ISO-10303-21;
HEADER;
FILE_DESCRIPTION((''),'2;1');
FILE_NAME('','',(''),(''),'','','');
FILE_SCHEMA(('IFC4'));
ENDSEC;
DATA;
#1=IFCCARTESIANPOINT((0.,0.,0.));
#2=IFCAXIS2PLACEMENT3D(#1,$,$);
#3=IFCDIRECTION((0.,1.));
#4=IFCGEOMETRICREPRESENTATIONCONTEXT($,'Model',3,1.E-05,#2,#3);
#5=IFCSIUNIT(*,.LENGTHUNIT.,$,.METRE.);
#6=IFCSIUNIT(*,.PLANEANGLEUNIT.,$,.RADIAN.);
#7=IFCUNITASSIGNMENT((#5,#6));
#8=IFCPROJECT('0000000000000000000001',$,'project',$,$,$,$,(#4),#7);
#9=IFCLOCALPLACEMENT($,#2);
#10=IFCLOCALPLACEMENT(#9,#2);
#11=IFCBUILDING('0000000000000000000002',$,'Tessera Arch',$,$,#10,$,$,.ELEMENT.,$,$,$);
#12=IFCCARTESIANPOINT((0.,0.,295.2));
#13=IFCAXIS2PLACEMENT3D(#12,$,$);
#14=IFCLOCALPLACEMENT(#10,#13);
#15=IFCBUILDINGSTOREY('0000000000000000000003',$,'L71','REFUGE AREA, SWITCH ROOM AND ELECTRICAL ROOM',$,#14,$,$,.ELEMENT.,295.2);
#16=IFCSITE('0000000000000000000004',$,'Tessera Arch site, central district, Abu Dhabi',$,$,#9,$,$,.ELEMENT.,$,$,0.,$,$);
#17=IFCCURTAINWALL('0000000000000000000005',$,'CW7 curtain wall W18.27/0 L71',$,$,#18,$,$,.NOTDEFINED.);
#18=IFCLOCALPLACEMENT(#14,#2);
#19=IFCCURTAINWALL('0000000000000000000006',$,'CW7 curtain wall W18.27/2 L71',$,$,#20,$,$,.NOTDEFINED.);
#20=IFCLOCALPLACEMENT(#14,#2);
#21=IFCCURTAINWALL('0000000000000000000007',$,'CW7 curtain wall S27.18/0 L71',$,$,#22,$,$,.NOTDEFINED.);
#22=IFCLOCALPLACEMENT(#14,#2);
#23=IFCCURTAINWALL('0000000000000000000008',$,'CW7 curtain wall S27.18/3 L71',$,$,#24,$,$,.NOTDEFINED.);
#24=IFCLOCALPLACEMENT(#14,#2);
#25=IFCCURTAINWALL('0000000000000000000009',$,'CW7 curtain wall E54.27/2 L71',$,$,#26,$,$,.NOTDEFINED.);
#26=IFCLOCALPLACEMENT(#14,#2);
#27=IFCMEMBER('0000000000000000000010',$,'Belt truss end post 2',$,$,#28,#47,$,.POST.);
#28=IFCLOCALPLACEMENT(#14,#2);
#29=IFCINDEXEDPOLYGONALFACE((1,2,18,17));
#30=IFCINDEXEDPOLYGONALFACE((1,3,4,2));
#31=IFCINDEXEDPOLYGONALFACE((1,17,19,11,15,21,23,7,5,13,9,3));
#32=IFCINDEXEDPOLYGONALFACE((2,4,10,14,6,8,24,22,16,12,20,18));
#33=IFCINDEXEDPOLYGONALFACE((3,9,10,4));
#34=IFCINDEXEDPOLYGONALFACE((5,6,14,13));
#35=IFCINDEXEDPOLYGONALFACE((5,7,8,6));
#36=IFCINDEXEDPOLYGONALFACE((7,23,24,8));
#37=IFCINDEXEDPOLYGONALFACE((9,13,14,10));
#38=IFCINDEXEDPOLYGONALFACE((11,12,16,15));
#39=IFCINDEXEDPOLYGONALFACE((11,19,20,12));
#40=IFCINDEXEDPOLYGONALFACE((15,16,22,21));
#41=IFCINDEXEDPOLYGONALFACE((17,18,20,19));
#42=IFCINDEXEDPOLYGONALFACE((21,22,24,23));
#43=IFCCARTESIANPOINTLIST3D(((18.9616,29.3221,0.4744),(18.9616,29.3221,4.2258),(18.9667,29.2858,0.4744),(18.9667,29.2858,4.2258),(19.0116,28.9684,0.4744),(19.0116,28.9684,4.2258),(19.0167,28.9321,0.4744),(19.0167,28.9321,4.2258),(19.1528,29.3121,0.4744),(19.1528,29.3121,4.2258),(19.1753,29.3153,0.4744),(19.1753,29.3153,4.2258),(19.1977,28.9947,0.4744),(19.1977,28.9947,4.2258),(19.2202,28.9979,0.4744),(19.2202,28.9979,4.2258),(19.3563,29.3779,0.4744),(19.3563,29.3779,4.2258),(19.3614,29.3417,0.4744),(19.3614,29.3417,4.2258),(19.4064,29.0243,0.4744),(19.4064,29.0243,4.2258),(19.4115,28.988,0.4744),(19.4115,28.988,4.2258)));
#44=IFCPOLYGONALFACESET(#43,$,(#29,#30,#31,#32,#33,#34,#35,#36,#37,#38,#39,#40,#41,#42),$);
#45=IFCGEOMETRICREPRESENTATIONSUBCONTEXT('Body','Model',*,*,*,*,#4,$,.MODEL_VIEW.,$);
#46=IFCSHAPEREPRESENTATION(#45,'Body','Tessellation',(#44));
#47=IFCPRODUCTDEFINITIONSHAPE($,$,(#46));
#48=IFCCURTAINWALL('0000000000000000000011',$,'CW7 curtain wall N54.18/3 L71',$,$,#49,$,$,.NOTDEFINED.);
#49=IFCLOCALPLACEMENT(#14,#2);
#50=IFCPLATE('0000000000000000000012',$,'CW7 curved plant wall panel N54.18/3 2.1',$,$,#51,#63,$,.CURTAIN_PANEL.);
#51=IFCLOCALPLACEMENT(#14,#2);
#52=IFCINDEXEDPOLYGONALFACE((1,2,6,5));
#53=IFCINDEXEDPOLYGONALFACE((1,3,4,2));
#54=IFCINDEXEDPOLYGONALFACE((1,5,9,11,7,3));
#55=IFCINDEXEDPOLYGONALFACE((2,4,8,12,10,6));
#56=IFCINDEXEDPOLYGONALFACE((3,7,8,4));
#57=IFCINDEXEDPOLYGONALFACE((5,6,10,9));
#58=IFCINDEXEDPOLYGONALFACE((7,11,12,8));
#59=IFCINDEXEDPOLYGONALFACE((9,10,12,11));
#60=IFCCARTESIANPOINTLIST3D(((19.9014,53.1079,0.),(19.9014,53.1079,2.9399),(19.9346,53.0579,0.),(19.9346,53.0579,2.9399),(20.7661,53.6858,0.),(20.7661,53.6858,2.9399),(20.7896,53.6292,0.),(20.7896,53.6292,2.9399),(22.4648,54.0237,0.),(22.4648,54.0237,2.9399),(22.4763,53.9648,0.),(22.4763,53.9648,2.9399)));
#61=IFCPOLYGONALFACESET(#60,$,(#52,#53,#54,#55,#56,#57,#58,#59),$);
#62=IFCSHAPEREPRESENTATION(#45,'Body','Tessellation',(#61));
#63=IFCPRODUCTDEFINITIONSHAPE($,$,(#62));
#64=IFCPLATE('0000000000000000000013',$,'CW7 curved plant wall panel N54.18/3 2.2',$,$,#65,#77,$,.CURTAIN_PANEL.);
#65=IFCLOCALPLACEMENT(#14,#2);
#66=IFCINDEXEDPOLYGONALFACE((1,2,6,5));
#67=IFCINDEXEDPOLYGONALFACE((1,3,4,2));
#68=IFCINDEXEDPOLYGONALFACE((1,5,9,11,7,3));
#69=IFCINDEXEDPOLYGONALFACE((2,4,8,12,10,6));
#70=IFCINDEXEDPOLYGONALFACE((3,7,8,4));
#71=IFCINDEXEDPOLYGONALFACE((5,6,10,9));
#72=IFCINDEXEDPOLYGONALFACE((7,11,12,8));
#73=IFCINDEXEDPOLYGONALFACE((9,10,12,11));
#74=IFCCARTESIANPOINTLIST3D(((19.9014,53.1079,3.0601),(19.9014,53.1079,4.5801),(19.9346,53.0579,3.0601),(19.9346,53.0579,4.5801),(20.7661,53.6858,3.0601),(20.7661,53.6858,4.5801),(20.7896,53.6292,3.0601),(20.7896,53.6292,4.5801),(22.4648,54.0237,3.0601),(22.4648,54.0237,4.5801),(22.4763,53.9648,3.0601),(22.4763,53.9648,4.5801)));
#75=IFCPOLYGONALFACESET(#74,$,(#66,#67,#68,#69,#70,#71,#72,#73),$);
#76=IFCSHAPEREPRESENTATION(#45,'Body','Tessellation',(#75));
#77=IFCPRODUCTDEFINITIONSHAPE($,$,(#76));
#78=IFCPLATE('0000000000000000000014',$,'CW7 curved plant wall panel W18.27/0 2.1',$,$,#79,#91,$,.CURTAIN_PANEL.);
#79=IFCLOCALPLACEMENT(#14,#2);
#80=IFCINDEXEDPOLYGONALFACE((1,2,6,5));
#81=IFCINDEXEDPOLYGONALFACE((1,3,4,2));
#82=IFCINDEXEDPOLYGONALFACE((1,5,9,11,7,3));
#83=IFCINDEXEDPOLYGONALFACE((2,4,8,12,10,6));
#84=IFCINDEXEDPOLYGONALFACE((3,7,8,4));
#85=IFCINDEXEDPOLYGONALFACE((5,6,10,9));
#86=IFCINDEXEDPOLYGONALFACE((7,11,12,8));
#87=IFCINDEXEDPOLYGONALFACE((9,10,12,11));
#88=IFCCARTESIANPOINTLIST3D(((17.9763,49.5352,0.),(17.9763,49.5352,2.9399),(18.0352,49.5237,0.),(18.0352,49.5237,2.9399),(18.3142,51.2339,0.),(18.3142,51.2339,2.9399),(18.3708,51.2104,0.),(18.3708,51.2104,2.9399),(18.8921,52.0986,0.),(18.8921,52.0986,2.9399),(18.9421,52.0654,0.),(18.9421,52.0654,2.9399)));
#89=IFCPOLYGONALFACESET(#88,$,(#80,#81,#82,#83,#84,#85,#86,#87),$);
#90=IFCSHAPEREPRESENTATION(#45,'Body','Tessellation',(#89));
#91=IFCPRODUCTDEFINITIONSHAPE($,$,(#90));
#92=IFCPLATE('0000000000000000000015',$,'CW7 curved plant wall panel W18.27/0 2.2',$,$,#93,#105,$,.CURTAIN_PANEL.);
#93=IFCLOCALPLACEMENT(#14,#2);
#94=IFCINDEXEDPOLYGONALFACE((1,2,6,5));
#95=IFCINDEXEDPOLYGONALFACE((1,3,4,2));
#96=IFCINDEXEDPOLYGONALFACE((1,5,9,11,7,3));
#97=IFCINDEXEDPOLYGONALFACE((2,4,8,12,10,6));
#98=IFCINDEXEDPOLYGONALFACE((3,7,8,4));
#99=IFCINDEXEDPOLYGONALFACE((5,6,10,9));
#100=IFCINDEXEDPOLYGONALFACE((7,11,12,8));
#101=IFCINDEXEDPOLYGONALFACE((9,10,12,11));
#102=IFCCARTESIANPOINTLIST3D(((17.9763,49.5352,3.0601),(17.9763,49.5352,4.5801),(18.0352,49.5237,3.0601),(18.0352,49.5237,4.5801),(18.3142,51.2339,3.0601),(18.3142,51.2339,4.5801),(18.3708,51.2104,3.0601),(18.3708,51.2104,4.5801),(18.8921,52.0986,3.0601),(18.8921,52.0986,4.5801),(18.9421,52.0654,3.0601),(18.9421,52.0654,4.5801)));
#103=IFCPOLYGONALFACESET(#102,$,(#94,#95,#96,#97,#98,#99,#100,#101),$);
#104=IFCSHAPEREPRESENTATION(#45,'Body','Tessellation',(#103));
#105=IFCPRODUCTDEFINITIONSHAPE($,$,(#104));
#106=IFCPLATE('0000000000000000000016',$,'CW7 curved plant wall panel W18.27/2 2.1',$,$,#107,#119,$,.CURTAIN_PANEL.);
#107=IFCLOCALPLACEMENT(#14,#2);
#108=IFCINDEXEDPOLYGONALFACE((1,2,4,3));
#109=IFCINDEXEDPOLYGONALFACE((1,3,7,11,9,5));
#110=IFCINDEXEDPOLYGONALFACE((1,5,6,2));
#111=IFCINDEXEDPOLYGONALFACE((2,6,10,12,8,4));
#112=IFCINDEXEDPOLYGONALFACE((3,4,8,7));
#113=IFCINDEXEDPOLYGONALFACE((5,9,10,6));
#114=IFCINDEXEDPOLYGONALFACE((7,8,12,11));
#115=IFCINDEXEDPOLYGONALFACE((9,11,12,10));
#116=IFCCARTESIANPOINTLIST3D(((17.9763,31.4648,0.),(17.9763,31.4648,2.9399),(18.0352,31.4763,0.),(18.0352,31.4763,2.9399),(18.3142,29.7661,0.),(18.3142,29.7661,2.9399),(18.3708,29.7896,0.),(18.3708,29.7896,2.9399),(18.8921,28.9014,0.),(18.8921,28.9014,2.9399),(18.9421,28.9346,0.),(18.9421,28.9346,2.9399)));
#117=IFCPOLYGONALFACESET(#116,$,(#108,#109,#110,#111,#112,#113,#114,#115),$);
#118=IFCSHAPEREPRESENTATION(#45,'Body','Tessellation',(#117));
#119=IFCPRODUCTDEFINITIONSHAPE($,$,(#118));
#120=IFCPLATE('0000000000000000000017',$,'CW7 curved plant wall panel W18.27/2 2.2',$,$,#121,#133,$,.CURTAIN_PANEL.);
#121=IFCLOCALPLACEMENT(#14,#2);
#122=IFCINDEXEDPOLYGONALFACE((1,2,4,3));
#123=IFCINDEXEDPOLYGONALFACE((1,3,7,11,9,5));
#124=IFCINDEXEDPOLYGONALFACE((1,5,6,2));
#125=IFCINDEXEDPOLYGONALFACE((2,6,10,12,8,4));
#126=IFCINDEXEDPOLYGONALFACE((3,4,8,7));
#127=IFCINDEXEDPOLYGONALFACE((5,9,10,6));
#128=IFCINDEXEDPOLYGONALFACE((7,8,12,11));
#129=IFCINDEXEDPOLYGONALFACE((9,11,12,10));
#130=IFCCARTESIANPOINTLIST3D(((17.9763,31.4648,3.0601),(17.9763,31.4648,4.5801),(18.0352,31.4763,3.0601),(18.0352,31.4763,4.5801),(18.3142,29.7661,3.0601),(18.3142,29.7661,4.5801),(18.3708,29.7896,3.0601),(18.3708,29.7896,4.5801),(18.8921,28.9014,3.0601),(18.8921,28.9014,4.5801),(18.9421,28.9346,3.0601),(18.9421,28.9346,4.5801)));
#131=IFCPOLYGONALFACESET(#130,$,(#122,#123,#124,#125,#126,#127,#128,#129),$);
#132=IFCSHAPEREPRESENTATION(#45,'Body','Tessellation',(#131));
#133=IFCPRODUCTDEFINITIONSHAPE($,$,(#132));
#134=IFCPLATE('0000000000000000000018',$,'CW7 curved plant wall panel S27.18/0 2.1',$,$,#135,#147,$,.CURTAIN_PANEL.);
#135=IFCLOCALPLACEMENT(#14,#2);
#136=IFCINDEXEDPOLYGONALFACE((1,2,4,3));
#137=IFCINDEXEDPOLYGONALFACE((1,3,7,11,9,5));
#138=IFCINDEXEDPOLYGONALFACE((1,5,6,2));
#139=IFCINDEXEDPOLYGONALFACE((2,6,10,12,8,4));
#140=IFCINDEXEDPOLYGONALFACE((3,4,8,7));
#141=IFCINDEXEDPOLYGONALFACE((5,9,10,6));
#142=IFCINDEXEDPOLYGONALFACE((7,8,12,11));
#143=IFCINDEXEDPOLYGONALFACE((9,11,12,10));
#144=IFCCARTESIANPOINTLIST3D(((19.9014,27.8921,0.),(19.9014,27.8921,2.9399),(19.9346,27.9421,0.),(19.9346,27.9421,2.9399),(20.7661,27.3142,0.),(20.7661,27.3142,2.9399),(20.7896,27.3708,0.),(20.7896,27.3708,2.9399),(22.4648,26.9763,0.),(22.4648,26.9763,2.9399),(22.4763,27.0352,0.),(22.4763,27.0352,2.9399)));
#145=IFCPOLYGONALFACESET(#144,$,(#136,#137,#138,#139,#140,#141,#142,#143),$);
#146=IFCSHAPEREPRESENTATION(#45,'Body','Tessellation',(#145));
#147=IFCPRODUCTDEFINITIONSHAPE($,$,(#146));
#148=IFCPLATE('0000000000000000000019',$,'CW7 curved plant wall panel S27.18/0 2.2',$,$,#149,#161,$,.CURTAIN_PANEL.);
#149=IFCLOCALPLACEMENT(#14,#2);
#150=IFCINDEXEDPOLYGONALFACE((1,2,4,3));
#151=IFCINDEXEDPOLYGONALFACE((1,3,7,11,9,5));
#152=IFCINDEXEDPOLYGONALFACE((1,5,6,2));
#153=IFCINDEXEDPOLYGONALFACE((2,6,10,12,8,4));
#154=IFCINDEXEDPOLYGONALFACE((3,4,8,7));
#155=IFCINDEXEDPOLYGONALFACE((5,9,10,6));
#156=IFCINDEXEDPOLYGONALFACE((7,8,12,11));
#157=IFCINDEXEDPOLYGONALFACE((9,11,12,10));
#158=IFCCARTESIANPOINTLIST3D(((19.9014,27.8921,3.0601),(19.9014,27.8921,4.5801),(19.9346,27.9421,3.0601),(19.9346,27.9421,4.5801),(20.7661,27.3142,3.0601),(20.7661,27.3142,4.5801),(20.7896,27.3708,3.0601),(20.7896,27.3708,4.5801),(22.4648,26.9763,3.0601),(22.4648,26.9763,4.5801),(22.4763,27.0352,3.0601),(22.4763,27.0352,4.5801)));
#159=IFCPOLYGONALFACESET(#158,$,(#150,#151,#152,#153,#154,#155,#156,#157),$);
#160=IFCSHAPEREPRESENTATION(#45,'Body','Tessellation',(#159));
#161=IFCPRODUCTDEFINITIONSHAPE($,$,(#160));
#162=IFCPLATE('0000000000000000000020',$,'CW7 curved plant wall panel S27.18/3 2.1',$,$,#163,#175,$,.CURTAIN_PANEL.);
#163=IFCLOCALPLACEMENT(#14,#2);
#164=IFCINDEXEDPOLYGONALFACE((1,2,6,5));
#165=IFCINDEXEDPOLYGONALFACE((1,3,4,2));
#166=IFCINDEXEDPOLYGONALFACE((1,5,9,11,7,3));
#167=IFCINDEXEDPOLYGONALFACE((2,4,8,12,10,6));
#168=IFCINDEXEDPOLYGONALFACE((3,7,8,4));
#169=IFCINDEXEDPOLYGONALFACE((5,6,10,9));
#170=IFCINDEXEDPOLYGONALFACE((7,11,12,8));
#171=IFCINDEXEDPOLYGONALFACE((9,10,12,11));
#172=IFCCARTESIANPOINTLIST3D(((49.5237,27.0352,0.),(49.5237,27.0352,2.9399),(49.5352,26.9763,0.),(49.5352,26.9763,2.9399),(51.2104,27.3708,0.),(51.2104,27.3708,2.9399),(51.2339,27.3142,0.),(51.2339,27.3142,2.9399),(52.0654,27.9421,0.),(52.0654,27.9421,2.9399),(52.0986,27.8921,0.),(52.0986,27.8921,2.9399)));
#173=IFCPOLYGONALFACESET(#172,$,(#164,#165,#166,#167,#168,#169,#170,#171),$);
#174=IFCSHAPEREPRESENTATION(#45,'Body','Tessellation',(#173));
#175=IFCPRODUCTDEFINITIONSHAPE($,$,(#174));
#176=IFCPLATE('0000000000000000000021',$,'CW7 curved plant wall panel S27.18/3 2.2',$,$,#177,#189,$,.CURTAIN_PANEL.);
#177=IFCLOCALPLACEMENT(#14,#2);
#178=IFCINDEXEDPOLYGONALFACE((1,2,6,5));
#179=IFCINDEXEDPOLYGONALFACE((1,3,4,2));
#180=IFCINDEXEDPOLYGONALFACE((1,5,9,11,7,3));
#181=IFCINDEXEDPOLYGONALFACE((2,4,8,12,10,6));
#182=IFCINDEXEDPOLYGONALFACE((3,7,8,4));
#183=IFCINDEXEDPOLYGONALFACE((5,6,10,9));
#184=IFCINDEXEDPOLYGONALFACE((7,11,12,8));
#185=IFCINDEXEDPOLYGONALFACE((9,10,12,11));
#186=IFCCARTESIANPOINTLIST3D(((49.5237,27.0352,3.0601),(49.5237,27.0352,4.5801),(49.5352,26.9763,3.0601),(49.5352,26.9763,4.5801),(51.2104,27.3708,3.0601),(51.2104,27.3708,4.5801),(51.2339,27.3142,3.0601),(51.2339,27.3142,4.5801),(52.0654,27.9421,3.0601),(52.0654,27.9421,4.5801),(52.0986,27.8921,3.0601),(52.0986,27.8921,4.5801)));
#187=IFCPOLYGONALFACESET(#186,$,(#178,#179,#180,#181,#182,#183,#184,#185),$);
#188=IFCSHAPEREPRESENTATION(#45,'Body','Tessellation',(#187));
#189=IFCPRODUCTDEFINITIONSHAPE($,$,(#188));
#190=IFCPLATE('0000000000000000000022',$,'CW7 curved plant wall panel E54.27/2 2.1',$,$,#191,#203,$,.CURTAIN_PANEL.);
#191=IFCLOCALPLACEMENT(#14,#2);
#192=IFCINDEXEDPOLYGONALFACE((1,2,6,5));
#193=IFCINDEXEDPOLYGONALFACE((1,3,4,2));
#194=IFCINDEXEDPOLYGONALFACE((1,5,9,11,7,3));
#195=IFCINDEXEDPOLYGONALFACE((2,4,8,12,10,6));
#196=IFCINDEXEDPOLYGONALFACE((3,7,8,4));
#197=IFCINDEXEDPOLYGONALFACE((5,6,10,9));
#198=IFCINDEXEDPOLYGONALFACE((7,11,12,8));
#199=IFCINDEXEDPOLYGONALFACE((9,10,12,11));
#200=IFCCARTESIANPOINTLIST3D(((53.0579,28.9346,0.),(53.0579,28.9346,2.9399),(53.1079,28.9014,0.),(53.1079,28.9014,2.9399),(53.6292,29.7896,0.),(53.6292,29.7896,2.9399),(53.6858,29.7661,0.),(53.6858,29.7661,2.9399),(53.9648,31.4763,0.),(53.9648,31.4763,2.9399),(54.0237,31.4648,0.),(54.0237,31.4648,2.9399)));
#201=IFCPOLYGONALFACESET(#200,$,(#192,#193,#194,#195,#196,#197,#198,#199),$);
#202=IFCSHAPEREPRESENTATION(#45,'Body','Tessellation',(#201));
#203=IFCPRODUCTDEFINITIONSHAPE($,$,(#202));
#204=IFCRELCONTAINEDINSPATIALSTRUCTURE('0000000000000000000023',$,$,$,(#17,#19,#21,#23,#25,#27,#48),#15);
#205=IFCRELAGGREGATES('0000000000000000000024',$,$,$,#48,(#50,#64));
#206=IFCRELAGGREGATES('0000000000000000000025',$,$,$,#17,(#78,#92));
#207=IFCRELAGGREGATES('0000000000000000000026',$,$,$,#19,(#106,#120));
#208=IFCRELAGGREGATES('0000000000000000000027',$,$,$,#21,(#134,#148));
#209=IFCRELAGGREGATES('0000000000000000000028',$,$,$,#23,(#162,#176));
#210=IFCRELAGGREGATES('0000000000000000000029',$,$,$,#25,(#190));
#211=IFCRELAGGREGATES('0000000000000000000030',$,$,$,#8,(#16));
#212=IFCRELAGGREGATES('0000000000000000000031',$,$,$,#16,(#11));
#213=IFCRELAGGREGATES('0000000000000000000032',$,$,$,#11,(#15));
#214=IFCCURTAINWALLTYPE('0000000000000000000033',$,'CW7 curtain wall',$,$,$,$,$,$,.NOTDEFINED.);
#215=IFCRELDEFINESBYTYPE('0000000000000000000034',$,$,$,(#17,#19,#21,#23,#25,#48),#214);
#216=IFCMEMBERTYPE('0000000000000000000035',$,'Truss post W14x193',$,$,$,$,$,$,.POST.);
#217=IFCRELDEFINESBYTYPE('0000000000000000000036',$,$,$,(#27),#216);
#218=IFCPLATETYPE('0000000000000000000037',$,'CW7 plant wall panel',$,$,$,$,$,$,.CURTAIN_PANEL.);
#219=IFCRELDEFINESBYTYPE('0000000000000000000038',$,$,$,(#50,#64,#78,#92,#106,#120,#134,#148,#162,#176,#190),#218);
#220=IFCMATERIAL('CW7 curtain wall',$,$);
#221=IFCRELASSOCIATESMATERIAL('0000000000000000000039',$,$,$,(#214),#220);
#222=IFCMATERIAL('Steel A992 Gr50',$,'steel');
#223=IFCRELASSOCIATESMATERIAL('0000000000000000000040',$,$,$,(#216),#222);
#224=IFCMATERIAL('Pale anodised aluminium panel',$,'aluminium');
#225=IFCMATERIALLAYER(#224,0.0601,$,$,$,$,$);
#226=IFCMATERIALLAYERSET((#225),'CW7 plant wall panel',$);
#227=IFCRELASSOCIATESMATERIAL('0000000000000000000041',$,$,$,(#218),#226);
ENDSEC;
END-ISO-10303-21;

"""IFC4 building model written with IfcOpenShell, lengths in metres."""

from ifc_helpers import new_model, si_unit, direction, frame, origin, origin_2d, place, context, subcontext, project, spatial, polyline, i_section, outline, extrude, material, layer, layer_set, material_profile, profile_set, type_object, element, aggregate, save


model = new_model("IFC4")

# Units and contexts
model_context = context("Model", 3, precision=1e-05, world=origin(), true_north=direction((0.0, 1.0)))
body_context = subcontext(model_context, "Body", "Model", "MODEL_VIEW")
ifc_project = project(units=[si_unit("LENGTHUNIT", "METRE"), si_unit("PLANEANGLEUNIT", "RADIAN")], contexts=[model_context])

# Site, building, storey
site_placement = place(None, origin())
site = spatial("IfcSite", under=ifc_project, at=site_placement, Name="Tessera Arch site, central district, Abu Dhabi", CompositionType="ELEMENT", RefElevation=0.0)
building_placement = place(site_placement, origin())
building = spatial("IfcBuilding", under=site, at=building_placement, Name="Tessera Arch", CompositionType="ELEMENT")
storey_placement = place(building_placement, frame((0.0, 0.0, 295.2)))
storey = spatial("IfcBuildingStorey", under=building, at=storey_placement, Name="L71", Description="REFUGE AREA, SWITCH ROOM AND ELECTRICAL ROOM", CompositionType="ELEMENT", Elevation=295.2)

# Curtain walls
ifc_material_1 = material(Name="CW7 curtain wall")
curtain_wall_type = type_object("IfcCurtainWallType", Name="CW7 curtain wall", PredefinedType="NOTDEFINED", material=ifc_material_1)
curtain_wall_1_placement = place(storey_placement, origin())
curtain_wall_1 = element("IfcCurtainWall", 1, at=curtain_wall_1_placement, inside=storey, type_object=curtain_wall_type, Name="CW7 curtain wall W18.27/0 L71", PredefinedType="NOTDEFINED")
curtain_wall_2_placement = place(storey_placement, origin())
curtain_wall_2 = element("IfcCurtainWall", 2, at=curtain_wall_2_placement, inside=storey, type_object=curtain_wall_type, Name="CW7 curtain wall W18.27/2 L71", PredefinedType="NOTDEFINED")
curtain_wall_3_placement = place(storey_placement, origin())
curtain_wall_3 = element("IfcCurtainWall", 3, at=curtain_wall_3_placement, inside=storey, type_object=curtain_wall_type, Name="CW7 curtain wall S27.18/0 L71", PredefinedType="NOTDEFINED")
curtain_wall_4_placement = place(storey_placement, origin())
curtain_wall_4 = element("IfcCurtainWall", 4, at=curtain_wall_4_placement, inside=storey, type_object=curtain_wall_type, Name="CW7 curtain wall S27.18/3 L71", PredefinedType="NOTDEFINED")
curtain_wall_5_placement = place(storey_placement, origin())
curtain_wall_5 = element("IfcCurtainWall", 5, at=curtain_wall_5_placement, inside=storey, type_object=curtain_wall_type, Name="CW7 curtain wall E54.27/2 L71", PredefinedType="NOTDEFINED")

# Member
ifc_material_2 = material(Name="Steel A992 Gr50", Category="steel")
ifc_material_profile_1 = material_profile(ifc_material_2, i_section(OverallWidth=0.3987, OverallDepth=0.3938, WebThickness=0.0227, FlangeThickness=0.0366, at=origin_2d()), Name="W14x193")
ifc_profile_set_1 = profile_set([ifc_material_profile_1], Name="Steel A992 Gr50")
member_type_1 = type_object("IfcMemberType", Name="Truss post W14x193", PredefinedType="POST", material=ifc_profile_set_1)
member_1_placement = place(storey_placement, frame((19.1865, 29.155, 0.4744), z_axis=(0.0, 0.0, 1.0), x_axis=(0.990139, 0.140089, 0.0)))
element("IfcMember", 6, at=member_1_placement, inside=storey, type_object=member_type_1, Name="Belt truss end post 2", PredefinedType="POST", context=body_context, shape_type="SweptSolid", body=[
    extrude(i_section(OverallWidth=0.3987, OverallDepth=0.3938, WebThickness=0.0227, FlangeThickness=0.0366, at=origin_2d()), origin(), (0.0, 0.0, 1.0), 3.7515),
])

# Curtain wall, plates
curtain_wall_6_placement = place(storey_placement, origin())
curtain_wall_6 = element("IfcCurtainWall", 7, at=curtain_wall_6_placement, inside=storey, type_object=curtain_wall_type, Name="CW7 curtain wall N54.18/3 L71", PredefinedType="NOTDEFINED")
ifc_material_3 = material(Name="Pale anodised aluminium panel", Category="aluminium")
ifc_layer_1 = layer(ifc_material_3, 0.0601)
ifc_layer_set_1 = layer_set([ifc_layer_1], Name="CW7 plant wall panel")
plate_type_1 = type_object("IfcPlateType", Name="CW7 plant wall panel", PredefinedType="CURTAIN_PANEL", material=ifc_layer_set_1)
plate_1_placement = place(storey_placement, origin())
plate_1 = element("IfcPlate", 8, at=plate_1_placement, type_object=plate_type_1, Name="CW7 curved plant wall panel N54.18/3 2.1", PredefinedType="CURTAIN_PANEL", context=body_context, shape_type="SweptSolid", body=[
    extrude(outline(polyline([(20.7896, 53.6292), (22.4763, 53.9648), (22.4648, 54.0237), (20.7661, 53.6858), (19.9014, 53.1079), (19.9346, 53.0579), (20.7896, 53.6292)])), origin(), (0.0, 0.0, 1.0), 2.9399),
])
plate_2_placement = place(storey_placement, frame((0.0, 0.0, 3.0601)))
plate_2 = element("IfcPlate", 9, at=plate_2_placement, type_object=plate_type_1, Name="CW7 curved plant wall panel N54.18/3 2.2", PredefinedType="CURTAIN_PANEL", context=body_context, shape_type="SweptSolid", body=[
    extrude(outline(polyline([(20.7896, 53.6292), (22.4763, 53.9648), (22.4648, 54.0237), (20.7661, 53.6858), (19.9014, 53.1079), (19.9346, 53.0579), (20.7896, 53.6292)])), origin(), (0.0, 0.0, 1.0), 1.52),
])

# Plates
plate_3_placement = place(storey_placement, origin())
plate_3 = element("IfcPlate", 10, at=plate_3_placement, type_object=plate_type_1, Name="CW7 curved plant wall panel W18.27/0 2.1", PredefinedType="CURTAIN_PANEL", context=body_context, shape_type="SweptSolid", body=[
    extrude(outline(polyline([(18.3708, 51.2104), (18.9421, 52.0654), (18.8921, 52.0986), (18.3142, 51.2339), (17.9763, 49.5352), (18.0352, 49.5237), (18.3708, 51.2104)])), origin(), (0.0, 0.0, 1.0), 2.9399),
])
plate_4_placement = place(storey_placement, frame((0.0, 0.0, 3.0601)))
plate_4 = element("IfcPlate", 11, at=plate_4_placement, type_object=plate_type_1, Name="CW7 curved plant wall panel W18.27/0 2.2", PredefinedType="CURTAIN_PANEL", context=body_context, shape_type="SweptSolid", body=[
    extrude(outline(polyline([(18.3708, 51.2104), (18.9421, 52.0654), (18.8921, 52.0986), (18.3142, 51.2339), (17.9763, 49.5352), (18.0352, 49.5237), (18.3708, 51.2104)])), origin(), (0.0, 0.0, 1.0), 1.52),
])
plate_5_placement = place(storey_placement, origin())
plate_5 = element("IfcPlate", 12, at=plate_5_placement, type_object=plate_type_1, Name="CW7 curved plant wall panel W18.27/2 2.1", PredefinedType="CURTAIN_PANEL", context=body_context, shape_type="SweptSolid", body=[
    extrude(outline(polyline([(18.3708, 29.7896), (18.0352, 31.4763), (17.9763, 31.4648), (18.3142, 29.7661), (18.8921, 28.9014), (18.9421, 28.9346), (18.3708, 29.7896)])), origin(), (0.0, 0.0, 1.0), 2.9399),
])
plate_6_placement = place(storey_placement, frame((0.0, 0.0, 3.0601)))
plate_6 = element("IfcPlate", 13, at=plate_6_placement, type_object=plate_type_1, Name="CW7 curved plant wall panel W18.27/2 2.2", PredefinedType="CURTAIN_PANEL", context=body_context, shape_type="SweptSolid", body=[
    extrude(outline(polyline([(18.3708, 29.7896), (18.0352, 31.4763), (17.9763, 31.4648), (18.3142, 29.7661), (18.8921, 28.9014), (18.9421, 28.9346), (18.3708, 29.7896)])), origin(), (0.0, 0.0, 1.0), 1.52),
])
plate_7_placement = place(storey_placement, origin())
plate_7 = element("IfcPlate", 14, at=plate_7_placement, type_object=plate_type_1, Name="CW7 curved plant wall panel S27.18/0 2.1", PredefinedType="CURTAIN_PANEL", context=body_context, shape_type="SweptSolid", body=[
    extrude(outline(polyline([(20.7896, 27.3708), (19.9346, 27.9421), (19.9014, 27.8921), (20.7661, 27.3142), (22.4648, 26.9763), (22.4763, 27.0352), (20.7896, 27.3708)])), origin(), (0.0, 0.0, 1.0), 2.9399),
])
plate_8_placement = place(storey_placement, frame((0.0, 0.0, 3.0601)))
plate_8 = element("IfcPlate", 15, at=plate_8_placement, type_object=plate_type_1, Name="CW7 curved plant wall panel S27.18/0 2.2", PredefinedType="CURTAIN_PANEL", context=body_context, shape_type="SweptSolid", body=[
    extrude(outline(polyline([(20.7896, 27.3708), (19.9346, 27.9421), (19.9014, 27.8921), (20.7661, 27.3142), (22.4648, 26.9763), (22.4763, 27.0352), (20.7896, 27.3708)])), origin(), (0.0, 0.0, 1.0), 1.52),
])
plate_9_placement = place(storey_placement, origin())
plate_9 = element("IfcPlate", 16, at=plate_9_placement, type_object=plate_type_1, Name="CW7 curved plant wall panel S27.18/3 2.1", PredefinedType="CURTAIN_PANEL", context=body_context, shape_type="SweptSolid", body=[
    extrude(outline(polyline([(51.2104, 27.3708), (49.5237, 27.0352), (49.5352, 26.9763), (51.2339, 27.3142), (52.0986, 27.8921), (52.0654, 27.9421), (51.2104, 27.3708)])), origin(), (0.0, 0.0, 1.0), 2.9399),
])
plate_10_placement = place(storey_placement, frame((0.0, 0.0, 3.0601)))
plate_10 = element("IfcPlate", 17, at=plate_10_placement, type_object=plate_type_1, Name="CW7 curved plant wall panel S27.18/3 2.2", PredefinedType="CURTAIN_PANEL", context=body_context, shape_type="SweptSolid", body=[
    extrude(outline(polyline([(51.2104, 27.3708), (49.5237, 27.0352), (49.5352, 26.9763), (51.2339, 27.3142), (52.0986, 27.8921), (52.0654, 27.9421), (51.2104, 27.3708)])), origin(), (0.0, 0.0, 1.0), 1.52),
])
plate_11_placement = place(storey_placement, origin())
plate_11 = element("IfcPlate", 18, at=plate_11_placement, type_object=plate_type_1, Name="CW7 curved plant wall panel E54.27/2 2.1", PredefinedType="CURTAIN_PANEL", context=body_context, shape_type="SweptSolid", body=[
    extrude(outline(polyline([(53.6292, 29.7896), (53.0579, 28.9346), (53.1079, 28.9014), (53.6858, 29.7661), (54.0237, 31.4648), (53.9648, 31.4763), (53.6292, 29.7896)])), origin(), (0.0, 0.0, 1.0), 2.9399),
])
aggregate(curtain_wall_6, [plate_1, plate_2])
aggregate(curtain_wall_1, [plate_3, plate_4])
aggregate(curtain_wall_2, [plate_5, plate_6])
aggregate(curtain_wall_3, [plate_7, plate_8])
aggregate(curtain_wall_4, [plate_9, plate_10])
aggregate(curtain_wall_5, [plate_11])

save(model, "model.ifc")
